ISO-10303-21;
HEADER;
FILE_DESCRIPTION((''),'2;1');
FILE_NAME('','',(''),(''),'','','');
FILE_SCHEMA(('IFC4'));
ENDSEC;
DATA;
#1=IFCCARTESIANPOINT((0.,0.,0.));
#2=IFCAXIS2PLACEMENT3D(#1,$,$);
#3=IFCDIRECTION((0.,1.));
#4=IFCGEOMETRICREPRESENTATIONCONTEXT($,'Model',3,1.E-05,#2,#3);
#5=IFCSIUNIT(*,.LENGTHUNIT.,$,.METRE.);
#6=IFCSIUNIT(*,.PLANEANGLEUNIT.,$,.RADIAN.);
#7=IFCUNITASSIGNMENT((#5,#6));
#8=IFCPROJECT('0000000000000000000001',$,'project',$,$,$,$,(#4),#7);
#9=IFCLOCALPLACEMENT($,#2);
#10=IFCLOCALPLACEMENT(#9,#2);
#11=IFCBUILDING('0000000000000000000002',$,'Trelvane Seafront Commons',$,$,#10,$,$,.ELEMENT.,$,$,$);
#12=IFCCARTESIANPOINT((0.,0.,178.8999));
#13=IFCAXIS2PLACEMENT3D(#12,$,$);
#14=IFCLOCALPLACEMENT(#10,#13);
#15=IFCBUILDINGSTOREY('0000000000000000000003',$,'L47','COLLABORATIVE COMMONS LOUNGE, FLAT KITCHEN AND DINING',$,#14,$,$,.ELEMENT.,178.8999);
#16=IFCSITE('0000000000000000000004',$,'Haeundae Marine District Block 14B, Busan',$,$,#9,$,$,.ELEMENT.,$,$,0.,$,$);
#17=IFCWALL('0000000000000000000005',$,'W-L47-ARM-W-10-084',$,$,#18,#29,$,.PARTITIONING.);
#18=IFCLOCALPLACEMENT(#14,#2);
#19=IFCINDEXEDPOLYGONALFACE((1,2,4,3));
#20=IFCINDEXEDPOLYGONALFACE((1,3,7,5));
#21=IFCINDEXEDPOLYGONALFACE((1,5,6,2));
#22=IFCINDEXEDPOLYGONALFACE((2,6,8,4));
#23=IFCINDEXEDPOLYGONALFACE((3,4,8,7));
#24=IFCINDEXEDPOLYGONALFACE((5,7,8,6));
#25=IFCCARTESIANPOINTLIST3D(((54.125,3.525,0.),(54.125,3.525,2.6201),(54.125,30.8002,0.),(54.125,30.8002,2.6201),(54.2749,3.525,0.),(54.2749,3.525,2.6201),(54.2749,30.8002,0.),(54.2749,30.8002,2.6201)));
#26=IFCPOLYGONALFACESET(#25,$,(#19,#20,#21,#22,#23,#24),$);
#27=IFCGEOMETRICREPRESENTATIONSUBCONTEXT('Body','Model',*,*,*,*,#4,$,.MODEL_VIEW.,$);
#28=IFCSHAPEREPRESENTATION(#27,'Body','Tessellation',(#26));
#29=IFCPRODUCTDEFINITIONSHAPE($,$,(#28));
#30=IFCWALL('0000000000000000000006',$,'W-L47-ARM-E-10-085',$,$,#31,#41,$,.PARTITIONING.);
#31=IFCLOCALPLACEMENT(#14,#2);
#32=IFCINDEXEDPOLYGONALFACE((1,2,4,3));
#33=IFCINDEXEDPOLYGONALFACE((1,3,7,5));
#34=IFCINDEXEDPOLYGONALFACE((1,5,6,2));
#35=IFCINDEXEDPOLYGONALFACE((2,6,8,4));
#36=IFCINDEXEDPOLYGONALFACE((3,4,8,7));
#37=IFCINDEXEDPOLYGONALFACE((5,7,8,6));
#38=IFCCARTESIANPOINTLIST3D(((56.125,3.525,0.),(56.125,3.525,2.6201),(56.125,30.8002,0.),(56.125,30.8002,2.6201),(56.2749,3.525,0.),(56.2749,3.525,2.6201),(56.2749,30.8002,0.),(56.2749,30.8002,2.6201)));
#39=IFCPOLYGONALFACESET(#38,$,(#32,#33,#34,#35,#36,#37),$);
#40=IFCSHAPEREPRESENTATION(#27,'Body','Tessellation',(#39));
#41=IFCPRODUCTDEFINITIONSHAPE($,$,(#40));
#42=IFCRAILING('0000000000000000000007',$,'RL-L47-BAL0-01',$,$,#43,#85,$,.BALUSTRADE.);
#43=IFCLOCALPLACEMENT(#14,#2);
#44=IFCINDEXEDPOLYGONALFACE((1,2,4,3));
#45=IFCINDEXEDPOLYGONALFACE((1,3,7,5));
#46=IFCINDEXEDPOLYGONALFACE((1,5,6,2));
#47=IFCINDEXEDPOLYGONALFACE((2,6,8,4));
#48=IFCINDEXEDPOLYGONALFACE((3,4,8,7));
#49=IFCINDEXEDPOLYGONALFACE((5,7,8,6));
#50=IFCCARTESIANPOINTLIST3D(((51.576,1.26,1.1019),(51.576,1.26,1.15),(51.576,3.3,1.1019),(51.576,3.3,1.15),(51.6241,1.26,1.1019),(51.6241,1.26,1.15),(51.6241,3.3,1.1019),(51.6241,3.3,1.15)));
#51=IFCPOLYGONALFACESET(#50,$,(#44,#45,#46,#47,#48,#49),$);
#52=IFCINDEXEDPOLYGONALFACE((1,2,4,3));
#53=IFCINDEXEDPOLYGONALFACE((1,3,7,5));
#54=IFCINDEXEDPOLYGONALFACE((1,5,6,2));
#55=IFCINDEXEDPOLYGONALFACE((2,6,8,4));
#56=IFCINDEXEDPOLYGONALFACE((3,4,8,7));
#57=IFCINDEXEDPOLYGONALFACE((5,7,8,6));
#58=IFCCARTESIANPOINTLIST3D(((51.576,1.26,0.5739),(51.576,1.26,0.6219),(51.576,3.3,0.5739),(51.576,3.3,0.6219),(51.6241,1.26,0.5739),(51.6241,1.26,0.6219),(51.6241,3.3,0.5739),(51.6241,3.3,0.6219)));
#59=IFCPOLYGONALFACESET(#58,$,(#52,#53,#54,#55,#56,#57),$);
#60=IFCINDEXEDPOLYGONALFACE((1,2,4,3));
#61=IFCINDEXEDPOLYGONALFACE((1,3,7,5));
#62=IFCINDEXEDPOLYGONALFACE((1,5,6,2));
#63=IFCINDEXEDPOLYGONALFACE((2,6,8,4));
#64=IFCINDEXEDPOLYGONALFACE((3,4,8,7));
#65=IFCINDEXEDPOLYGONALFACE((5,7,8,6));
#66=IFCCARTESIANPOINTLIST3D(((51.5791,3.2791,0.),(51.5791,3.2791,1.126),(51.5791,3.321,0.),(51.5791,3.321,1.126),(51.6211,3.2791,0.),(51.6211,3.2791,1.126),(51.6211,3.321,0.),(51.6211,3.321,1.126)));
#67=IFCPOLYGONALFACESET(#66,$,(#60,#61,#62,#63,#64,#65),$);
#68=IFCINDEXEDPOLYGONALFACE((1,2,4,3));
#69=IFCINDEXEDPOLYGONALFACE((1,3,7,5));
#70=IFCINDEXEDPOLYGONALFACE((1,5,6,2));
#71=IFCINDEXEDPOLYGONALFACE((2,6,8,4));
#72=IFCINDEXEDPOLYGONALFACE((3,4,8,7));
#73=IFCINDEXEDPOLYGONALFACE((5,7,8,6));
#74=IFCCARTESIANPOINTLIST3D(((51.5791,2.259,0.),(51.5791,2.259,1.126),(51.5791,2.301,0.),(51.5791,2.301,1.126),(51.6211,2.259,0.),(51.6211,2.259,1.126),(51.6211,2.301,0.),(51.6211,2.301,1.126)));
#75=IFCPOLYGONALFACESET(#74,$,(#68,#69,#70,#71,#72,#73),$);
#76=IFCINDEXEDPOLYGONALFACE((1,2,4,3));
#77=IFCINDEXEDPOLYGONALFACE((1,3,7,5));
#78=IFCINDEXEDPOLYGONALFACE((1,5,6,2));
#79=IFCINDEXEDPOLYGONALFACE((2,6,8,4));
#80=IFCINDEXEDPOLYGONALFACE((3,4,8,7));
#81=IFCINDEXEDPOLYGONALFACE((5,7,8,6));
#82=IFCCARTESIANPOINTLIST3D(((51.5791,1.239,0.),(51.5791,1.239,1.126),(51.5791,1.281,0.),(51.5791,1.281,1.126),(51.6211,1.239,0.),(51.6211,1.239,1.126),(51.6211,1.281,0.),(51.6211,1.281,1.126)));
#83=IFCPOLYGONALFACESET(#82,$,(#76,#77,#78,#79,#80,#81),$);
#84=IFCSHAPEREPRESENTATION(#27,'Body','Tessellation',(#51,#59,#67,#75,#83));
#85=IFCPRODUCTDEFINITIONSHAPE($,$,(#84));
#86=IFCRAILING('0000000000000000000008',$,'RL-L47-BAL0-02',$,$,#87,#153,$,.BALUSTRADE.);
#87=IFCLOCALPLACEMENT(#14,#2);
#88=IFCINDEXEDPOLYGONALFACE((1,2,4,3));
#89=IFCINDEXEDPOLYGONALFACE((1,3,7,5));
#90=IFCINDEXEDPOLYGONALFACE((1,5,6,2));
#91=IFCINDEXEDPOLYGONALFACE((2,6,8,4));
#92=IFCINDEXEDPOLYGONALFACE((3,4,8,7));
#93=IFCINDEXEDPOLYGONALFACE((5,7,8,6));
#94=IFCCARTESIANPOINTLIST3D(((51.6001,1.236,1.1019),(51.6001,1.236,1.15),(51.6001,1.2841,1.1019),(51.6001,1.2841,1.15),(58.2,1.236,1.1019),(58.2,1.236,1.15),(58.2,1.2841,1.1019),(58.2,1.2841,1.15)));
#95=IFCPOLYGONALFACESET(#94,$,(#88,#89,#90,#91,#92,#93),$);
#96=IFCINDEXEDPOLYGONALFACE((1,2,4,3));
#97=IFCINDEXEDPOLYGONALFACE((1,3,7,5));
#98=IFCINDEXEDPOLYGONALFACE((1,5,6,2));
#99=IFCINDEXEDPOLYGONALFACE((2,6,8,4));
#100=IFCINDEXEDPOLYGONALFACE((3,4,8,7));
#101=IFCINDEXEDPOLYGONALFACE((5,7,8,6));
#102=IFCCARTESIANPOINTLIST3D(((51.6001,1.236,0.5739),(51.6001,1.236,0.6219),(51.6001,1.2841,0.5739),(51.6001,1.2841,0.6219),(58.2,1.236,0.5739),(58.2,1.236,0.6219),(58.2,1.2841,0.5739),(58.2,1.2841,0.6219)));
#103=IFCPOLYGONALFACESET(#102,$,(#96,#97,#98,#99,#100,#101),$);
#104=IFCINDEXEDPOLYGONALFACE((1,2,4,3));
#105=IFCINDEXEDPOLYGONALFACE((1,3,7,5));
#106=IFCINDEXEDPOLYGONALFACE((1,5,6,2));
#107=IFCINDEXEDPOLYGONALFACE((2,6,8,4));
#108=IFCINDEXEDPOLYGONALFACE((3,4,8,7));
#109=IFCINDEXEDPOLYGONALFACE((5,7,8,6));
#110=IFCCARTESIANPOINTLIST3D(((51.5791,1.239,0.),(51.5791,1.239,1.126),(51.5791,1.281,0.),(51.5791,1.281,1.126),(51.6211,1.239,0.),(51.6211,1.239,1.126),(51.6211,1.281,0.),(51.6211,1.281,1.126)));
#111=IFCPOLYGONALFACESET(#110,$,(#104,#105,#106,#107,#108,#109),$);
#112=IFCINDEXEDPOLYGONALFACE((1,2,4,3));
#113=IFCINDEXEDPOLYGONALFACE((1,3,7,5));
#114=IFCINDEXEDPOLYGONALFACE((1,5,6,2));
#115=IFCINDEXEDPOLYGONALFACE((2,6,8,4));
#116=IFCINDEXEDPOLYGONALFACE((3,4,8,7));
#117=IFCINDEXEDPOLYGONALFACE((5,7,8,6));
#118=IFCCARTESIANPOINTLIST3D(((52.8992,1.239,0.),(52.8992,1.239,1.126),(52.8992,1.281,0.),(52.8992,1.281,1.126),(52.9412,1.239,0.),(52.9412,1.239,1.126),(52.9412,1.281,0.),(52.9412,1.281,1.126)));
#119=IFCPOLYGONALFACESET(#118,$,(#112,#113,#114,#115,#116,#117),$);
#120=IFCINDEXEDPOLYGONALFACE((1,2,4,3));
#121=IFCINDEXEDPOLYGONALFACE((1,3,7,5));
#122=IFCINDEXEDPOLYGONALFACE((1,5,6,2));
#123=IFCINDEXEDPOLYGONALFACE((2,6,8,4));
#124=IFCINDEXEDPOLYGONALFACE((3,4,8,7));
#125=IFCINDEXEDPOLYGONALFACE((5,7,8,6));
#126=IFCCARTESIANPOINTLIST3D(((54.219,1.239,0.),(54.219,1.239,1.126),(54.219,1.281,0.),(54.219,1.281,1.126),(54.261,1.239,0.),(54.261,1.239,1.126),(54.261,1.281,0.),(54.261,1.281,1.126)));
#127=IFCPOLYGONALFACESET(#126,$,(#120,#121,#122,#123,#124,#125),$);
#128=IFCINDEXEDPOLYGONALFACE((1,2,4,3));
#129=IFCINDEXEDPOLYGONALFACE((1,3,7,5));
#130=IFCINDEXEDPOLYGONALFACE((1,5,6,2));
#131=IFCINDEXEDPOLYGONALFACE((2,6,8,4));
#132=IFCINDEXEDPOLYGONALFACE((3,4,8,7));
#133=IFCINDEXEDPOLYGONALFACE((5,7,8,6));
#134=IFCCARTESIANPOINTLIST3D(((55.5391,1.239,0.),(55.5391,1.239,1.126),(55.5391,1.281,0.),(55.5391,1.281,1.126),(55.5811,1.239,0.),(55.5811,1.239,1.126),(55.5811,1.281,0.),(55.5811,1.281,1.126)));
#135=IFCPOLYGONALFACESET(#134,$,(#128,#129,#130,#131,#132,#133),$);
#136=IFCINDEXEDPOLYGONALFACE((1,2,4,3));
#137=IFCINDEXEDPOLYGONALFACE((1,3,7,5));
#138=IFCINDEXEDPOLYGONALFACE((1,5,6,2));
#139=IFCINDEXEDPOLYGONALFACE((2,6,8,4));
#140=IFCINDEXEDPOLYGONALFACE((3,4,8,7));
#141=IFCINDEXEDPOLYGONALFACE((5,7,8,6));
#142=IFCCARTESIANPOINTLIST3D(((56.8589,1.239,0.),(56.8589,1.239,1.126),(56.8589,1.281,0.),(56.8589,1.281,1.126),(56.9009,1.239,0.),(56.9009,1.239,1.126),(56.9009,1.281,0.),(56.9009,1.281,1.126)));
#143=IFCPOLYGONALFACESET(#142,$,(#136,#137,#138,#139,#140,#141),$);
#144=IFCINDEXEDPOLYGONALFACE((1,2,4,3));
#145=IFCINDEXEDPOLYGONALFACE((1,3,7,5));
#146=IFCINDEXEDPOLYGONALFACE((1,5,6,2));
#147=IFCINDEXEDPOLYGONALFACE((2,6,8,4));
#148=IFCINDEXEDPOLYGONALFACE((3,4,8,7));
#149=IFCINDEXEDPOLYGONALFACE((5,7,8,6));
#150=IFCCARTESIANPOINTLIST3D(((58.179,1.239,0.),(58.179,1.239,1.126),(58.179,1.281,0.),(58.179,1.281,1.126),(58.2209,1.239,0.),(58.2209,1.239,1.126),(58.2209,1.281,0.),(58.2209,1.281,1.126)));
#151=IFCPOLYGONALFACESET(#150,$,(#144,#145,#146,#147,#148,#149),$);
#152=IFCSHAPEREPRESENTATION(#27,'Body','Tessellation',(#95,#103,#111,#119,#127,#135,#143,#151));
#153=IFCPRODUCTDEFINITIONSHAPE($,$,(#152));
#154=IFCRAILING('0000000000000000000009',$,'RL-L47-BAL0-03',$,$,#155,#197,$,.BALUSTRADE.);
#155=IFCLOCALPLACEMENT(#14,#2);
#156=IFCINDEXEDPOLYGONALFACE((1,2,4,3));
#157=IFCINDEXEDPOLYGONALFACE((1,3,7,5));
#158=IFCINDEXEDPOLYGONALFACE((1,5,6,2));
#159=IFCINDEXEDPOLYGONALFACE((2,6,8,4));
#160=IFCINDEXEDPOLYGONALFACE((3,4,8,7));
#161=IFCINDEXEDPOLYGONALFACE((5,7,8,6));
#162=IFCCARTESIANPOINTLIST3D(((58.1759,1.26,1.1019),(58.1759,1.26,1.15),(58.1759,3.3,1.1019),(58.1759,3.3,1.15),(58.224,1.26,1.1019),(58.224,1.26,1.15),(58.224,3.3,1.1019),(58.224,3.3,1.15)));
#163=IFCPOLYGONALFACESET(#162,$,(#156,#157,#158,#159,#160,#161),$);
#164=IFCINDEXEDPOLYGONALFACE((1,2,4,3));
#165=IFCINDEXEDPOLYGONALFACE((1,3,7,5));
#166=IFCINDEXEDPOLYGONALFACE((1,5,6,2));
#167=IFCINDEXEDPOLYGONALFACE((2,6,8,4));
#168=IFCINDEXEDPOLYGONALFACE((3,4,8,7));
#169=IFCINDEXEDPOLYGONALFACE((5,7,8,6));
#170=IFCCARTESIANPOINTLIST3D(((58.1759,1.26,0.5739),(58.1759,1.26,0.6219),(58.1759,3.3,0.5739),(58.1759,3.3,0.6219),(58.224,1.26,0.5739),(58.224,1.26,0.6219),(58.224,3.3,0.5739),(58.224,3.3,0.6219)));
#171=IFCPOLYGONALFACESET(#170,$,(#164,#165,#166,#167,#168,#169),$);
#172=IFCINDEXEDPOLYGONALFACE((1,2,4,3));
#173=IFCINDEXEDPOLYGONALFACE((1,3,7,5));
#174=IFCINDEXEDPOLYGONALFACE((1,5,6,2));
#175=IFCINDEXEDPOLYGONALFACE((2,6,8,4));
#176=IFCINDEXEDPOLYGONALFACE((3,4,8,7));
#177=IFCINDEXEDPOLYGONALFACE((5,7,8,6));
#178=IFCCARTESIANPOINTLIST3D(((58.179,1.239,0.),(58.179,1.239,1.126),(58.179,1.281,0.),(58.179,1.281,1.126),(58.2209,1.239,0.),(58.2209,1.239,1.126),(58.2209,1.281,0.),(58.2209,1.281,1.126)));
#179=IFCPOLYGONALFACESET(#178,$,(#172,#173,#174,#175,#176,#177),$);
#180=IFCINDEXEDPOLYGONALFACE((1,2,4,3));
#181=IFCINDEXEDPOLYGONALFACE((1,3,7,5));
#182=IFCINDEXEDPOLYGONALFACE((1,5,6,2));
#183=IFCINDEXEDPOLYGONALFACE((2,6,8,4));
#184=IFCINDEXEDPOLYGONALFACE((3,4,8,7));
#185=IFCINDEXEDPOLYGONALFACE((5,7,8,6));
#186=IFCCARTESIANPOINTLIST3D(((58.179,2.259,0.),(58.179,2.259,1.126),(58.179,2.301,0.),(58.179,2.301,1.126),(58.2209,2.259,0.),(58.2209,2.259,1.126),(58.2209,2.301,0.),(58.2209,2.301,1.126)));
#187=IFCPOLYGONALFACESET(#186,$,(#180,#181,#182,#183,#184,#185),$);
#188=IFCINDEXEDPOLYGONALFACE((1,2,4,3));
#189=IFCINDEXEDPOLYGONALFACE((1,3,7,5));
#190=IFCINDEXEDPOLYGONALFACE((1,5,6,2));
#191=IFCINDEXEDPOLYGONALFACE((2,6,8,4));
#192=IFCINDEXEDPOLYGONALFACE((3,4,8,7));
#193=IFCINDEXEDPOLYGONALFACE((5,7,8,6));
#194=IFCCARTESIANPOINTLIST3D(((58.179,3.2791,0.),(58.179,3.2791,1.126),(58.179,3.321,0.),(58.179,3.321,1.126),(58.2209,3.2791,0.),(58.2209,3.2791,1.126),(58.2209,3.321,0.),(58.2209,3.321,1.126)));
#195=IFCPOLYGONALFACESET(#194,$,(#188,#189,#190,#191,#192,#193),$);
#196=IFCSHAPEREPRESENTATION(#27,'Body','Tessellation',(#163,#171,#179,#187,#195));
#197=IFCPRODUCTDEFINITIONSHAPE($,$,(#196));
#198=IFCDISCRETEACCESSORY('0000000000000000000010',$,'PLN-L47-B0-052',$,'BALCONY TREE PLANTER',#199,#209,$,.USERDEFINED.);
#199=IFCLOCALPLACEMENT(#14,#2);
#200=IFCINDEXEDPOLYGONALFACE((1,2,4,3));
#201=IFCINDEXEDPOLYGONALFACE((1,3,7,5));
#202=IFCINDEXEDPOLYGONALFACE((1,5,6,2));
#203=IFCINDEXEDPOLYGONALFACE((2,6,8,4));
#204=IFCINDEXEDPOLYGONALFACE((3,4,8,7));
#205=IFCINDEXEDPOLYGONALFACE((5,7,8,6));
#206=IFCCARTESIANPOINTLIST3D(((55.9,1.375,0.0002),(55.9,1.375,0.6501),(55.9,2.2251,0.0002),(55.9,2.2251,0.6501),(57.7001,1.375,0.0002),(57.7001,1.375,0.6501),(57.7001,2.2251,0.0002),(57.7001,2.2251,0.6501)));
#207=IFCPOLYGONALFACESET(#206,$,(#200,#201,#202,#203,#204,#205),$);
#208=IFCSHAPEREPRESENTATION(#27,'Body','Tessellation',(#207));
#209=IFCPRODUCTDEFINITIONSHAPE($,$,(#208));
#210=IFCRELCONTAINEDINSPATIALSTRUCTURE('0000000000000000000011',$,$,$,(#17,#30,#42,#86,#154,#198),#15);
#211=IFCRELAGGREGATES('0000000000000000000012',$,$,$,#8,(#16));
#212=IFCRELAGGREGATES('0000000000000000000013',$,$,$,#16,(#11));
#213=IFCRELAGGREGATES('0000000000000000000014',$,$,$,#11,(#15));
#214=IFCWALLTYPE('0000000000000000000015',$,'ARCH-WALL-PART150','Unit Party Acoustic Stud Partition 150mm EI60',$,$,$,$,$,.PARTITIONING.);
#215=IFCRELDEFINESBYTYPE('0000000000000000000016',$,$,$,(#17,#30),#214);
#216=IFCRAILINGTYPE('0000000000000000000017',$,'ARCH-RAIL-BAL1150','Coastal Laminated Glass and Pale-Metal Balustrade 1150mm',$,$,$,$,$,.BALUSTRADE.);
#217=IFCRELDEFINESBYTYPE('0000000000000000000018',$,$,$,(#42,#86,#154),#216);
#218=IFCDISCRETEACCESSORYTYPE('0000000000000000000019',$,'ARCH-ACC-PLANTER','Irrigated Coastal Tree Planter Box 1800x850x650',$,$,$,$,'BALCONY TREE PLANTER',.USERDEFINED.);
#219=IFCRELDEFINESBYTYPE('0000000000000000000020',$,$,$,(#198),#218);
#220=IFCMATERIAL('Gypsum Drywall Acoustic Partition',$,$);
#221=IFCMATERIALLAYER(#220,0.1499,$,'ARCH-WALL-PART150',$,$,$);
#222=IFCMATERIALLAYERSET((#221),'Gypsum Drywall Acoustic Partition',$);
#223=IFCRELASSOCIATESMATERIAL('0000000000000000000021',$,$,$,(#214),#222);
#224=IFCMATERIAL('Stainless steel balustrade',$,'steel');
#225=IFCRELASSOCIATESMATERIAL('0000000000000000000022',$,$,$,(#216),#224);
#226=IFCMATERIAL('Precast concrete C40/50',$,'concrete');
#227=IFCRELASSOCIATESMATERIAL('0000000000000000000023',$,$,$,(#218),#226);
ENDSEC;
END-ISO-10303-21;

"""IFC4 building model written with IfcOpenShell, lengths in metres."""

from ifc_helpers import new_model, si_unit, direction, frame, frame_2d, origin, origin_2d, place, context, subcontext, project, spatial, rectangle, extrude, source, transform, mapped, material, layer, layer_set, type_object, element, save


model = new_model("IFC4")

# Units and contexts
model_context = context("Model", 3, precision=1e-05, world=origin(), true_north=direction((0.0, 1.0)))
body_context = subcontext(model_context, "Body", "Model", "MODEL_VIEW")
ifc_project = project(units=[si_unit("LENGTHUNIT", "METRE"), si_unit("PLANEANGLEUNIT", "RADIAN")], contexts=[model_context])

# Site, building, storey
site_placement = place(None, origin())
site = spatial("IfcSite", under=ifc_project, at=site_placement, Name="Haeundae Marine District Block 14B, Busan", CompositionType="ELEMENT", RefElevation=0.0)
building_placement = place(site_placement, origin())
building = spatial("IfcBuilding", under=site, at=building_placement, Name="Trelvane Seafront Commons", CompositionType="ELEMENT")
storey_placement = place(building_placement, frame((0.0, 0.0, 178.8999)))
storey = spatial("IfcBuildingStorey", under=building, at=storey_placement, Name="L47", Description="COLLABORATIVE COMMONS LOUNGE, FLAT KITCHEN AND DINING", CompositionType="ELEMENT", Elevation=178.8999)

# Shared definitions
ifc_material_1 = material(Name="Precast concrete C40/50", Category="concrete")

# Shared definitions
ifc_material_2 = material(Name="Gypsum Drywall Acoustic Partition")

# Walls
ifc_layer_1 = layer(ifc_material_2, 0.1499, Name="ARCH-WALL-PART150")
ifc_layer_set_1 = layer_set([ifc_layer_1], Name="Gypsum Drywall Acoustic Partition")
wall_type_1 = type_object("IfcWallType", Name="ARCH-WALL-PART150", Description="Unit Party Acoustic Stud Partition 150mm EI60", PredefinedType="PARTITIONING", material=ifc_layer_set_1)
for number, where, z_axis, x_axis, name in (
    (1, (54.2, 3.5249, 0.0), (0.0, 0.0, 1.0), (0.0, 1.0, 0.0), "W-L47-ARM-W-10-084"),
    (2, (56.2, 3.5249, 0.0), (0.0, 0.0, 1.0), (0.0, 1.0, 0.0), "W-L47-ARM-E-10-085"),
):
    element("IfcWall", number, at=place(storey_placement, frame(where, z_axis=z_axis, x_axis=x_axis)), inside=storey, type_object=wall_type_1, Name=name, PredefinedType="PARTITIONING", context=body_context, shape_type="SweptSolid", body=[
        extrude(rectangle(XDim=27.2751, YDim=0.1499, at=frame_2d((13.6377, 0.0))), origin(), (0.0, 0.0, 1.0), 2.6201),
    ])

# Railings
ifc_material_3 = material(Name="Stainless steel balustrade", Category="steel")
railing_type = type_object("IfcRailingType", Name="ARCH-RAIL-BAL1150", Description="Coastal Laminated Glass and Pale-Metal Balustrade 1150mm", PredefinedType="BALUSTRADE", material=ifc_material_3)
railing_1_placement = place(storey_placement, frame((51.6001, 3.3, 0.0)))
element("IfcRailing", 3, at=railing_1_placement, inside=storey, type_object=railing_type, Name="RL-L47-BAL0-01", PredefinedType="BALUSTRADE", context=body_context, shape_type="SweptSolid", body=[
    extrude(rectangle(XDim=0.0481, YDim=0.0481, at=origin_2d()), frame((0.0, 0.0, 1.126), z_axis=(0.0, -1.0, 0.0), x_axis=(1.0, 0.0, 0.0)), (0.0, 0.0, 1.0), 2.04),
    extrude(rectangle(XDim=0.0481, YDim=0.0481, at=origin_2d()), frame((0.0, 0.0, 0.5979), z_axis=(0.0, -1.0, 0.0), x_axis=(1.0, 0.0, 0.0)), (0.0, 0.0, 1.0), 2.04),
    extrude(rectangle(XDim=0.042, YDim=0.042, at=origin_2d()), origin(), (0.0, 0.0, 1.0), 1.126),
    extrude(rectangle(XDim=0.042, YDim=0.042, at=origin_2d()), frame((0.0, -1.02, 0.0)), (0.0, 0.0, 1.0), 1.126),
    extrude(rectangle(XDim=0.042, YDim=0.042, at=origin_2d()), frame((0.0, -2.04, 0.0)), (0.0, 0.0, 1.0), 1.126),
])
railing_2_placement = place(storey_placement, frame((51.6001, 1.26, 0.0)))
element("IfcRailing", 4, at=railing_2_placement, inside=storey, type_object=railing_type, Name="RL-L47-BAL0-02", PredefinedType="BALUSTRADE", context=body_context, shape_type="SweptSolid", body=[
    extrude(rectangle(XDim=0.0481, YDim=0.0481, at=origin_2d()), frame((0.0, 0.0, 1.126), z_axis=(1.0, 0.0, 0.0), x_axis=(0.0, 1.0, 0.0)), (0.0, 0.0, 1.0), 6.5999),
    extrude(rectangle(XDim=0.0481, YDim=0.0481, at=origin_2d()), frame((0.0, 0.0, 0.5979), z_axis=(1.0, 0.0, 0.0), x_axis=(0.0, 1.0, 0.0)), (0.0, 0.0, 1.0), 6.5999),
    extrude(rectangle(XDim=0.042, YDim=0.042, at=origin_2d()), origin(), (0.0, 0.0, 1.0), 1.126),
    extrude(rectangle(XDim=0.042, YDim=0.042, at=origin_2d()), frame((1.3201, 0.0, 0.0)), (0.0, 0.0, 1.0), 1.126),
    extrude(rectangle(XDim=0.042, YDim=0.042, at=origin_2d()), frame((2.6399, 0.0, 0.0)), (0.0, 0.0, 1.0), 1.126),
    extrude(rectangle(XDim=0.042, YDim=0.042, at=origin_2d()), frame((3.96, 0.0, 0.0)), (0.0, 0.0, 1.0), 1.126),
    extrude(rectangle(XDim=0.042, YDim=0.042, at=origin_2d()), frame((5.2798, 0.0, 0.0)), (0.0, 0.0, 1.0), 1.126),
    extrude(rectangle(XDim=0.042, YDim=0.042, at=origin_2d()), frame((6.5999, 0.0, 0.0)), (0.0, 0.0, 1.0), 1.126),
])
railing_3_placement = place(storey_placement, frame((58.2, 1.26, 0.0)))
element("IfcRailing", 5, at=railing_3_placement, inside=storey, type_object=railing_type, Name="RL-L47-BAL0-03", PredefinedType="BALUSTRADE", context=body_context, shape_type="SweptSolid", body=[
    extrude(rectangle(XDim=0.0481, YDim=0.0481, at=origin_2d()), frame((0.0, 0.0, 1.126), z_axis=(0.0, 1.0, 0.0), x_axis=(-1.0, 0.0, 0.0)), (0.0, 0.0, 1.0), 2.04),
    extrude(rectangle(XDim=0.0481, YDim=0.0481, at=origin_2d()), frame((0.0, 0.0, 0.5979), z_axis=(0.0, 1.0, 0.0), x_axis=(-1.0, 0.0, 0.0)), (0.0, 0.0, 1.0), 2.04),
    extrude(rectangle(XDim=0.042, YDim=0.042, at=origin_2d()), origin(), (0.0, 0.0, 1.0), 1.126),
    extrude(rectangle(XDim=0.042, YDim=0.042, at=origin_2d()), frame((0.0, 1.02, 0.0)), (0.0, 0.0, 1.0), 1.126),
    extrude(rectangle(XDim=0.042, YDim=0.042, at=origin_2d()), frame((0.0, 2.04, 0.0)), (0.0, 0.0, 1.0), 1.126),
])

# Discrete accessory
discrete_accessory_type = type_object("IfcDiscreteAccessoryType", Name="ARCH-ACC-PLANTER", Description="Irrigated Coastal Tree Planter Box 1800x850x650", ElementType="BALCONY TREE PLANTER", PredefinedType="USERDEFINED", material=ifc_material_1)
shared_shape_1 = source(origin(), body_context, "Body", "SweptSolid", [
    extrude(rectangle(XDim=1.8, YDim=0.8501, at=origin_2d()), origin(), (0.0, 0.0, 1.0), 0.6499),
])
discrete_accessory_placement = place(storey_placement, frame((56.8, 1.8, 0.0002), z_axis=(0.0, 0.0, 1.0), x_axis=(1.0, 0.0, 0.0)))
element("IfcDiscreteAccessory", 6, at=discrete_accessory_placement, inside=storey, type_object=discrete_accessory_type, Name="PLN-L47-B0-052", ObjectType="BALCONY TREE PLANTER", PredefinedType="USERDEFINED", context=body_context, shape_type="MappedRepresentation", body=[
    mapped(shared_shape_1, transform((0.0, 0.0, 0.0), x_axis=(1.0, 0.0, 0.0), y_axis=(0.0, 1.0, 0.0), z_axis=(0.0, 0.0, 1.0), scale=1.0)),
])

save(model, "model.ifc")
